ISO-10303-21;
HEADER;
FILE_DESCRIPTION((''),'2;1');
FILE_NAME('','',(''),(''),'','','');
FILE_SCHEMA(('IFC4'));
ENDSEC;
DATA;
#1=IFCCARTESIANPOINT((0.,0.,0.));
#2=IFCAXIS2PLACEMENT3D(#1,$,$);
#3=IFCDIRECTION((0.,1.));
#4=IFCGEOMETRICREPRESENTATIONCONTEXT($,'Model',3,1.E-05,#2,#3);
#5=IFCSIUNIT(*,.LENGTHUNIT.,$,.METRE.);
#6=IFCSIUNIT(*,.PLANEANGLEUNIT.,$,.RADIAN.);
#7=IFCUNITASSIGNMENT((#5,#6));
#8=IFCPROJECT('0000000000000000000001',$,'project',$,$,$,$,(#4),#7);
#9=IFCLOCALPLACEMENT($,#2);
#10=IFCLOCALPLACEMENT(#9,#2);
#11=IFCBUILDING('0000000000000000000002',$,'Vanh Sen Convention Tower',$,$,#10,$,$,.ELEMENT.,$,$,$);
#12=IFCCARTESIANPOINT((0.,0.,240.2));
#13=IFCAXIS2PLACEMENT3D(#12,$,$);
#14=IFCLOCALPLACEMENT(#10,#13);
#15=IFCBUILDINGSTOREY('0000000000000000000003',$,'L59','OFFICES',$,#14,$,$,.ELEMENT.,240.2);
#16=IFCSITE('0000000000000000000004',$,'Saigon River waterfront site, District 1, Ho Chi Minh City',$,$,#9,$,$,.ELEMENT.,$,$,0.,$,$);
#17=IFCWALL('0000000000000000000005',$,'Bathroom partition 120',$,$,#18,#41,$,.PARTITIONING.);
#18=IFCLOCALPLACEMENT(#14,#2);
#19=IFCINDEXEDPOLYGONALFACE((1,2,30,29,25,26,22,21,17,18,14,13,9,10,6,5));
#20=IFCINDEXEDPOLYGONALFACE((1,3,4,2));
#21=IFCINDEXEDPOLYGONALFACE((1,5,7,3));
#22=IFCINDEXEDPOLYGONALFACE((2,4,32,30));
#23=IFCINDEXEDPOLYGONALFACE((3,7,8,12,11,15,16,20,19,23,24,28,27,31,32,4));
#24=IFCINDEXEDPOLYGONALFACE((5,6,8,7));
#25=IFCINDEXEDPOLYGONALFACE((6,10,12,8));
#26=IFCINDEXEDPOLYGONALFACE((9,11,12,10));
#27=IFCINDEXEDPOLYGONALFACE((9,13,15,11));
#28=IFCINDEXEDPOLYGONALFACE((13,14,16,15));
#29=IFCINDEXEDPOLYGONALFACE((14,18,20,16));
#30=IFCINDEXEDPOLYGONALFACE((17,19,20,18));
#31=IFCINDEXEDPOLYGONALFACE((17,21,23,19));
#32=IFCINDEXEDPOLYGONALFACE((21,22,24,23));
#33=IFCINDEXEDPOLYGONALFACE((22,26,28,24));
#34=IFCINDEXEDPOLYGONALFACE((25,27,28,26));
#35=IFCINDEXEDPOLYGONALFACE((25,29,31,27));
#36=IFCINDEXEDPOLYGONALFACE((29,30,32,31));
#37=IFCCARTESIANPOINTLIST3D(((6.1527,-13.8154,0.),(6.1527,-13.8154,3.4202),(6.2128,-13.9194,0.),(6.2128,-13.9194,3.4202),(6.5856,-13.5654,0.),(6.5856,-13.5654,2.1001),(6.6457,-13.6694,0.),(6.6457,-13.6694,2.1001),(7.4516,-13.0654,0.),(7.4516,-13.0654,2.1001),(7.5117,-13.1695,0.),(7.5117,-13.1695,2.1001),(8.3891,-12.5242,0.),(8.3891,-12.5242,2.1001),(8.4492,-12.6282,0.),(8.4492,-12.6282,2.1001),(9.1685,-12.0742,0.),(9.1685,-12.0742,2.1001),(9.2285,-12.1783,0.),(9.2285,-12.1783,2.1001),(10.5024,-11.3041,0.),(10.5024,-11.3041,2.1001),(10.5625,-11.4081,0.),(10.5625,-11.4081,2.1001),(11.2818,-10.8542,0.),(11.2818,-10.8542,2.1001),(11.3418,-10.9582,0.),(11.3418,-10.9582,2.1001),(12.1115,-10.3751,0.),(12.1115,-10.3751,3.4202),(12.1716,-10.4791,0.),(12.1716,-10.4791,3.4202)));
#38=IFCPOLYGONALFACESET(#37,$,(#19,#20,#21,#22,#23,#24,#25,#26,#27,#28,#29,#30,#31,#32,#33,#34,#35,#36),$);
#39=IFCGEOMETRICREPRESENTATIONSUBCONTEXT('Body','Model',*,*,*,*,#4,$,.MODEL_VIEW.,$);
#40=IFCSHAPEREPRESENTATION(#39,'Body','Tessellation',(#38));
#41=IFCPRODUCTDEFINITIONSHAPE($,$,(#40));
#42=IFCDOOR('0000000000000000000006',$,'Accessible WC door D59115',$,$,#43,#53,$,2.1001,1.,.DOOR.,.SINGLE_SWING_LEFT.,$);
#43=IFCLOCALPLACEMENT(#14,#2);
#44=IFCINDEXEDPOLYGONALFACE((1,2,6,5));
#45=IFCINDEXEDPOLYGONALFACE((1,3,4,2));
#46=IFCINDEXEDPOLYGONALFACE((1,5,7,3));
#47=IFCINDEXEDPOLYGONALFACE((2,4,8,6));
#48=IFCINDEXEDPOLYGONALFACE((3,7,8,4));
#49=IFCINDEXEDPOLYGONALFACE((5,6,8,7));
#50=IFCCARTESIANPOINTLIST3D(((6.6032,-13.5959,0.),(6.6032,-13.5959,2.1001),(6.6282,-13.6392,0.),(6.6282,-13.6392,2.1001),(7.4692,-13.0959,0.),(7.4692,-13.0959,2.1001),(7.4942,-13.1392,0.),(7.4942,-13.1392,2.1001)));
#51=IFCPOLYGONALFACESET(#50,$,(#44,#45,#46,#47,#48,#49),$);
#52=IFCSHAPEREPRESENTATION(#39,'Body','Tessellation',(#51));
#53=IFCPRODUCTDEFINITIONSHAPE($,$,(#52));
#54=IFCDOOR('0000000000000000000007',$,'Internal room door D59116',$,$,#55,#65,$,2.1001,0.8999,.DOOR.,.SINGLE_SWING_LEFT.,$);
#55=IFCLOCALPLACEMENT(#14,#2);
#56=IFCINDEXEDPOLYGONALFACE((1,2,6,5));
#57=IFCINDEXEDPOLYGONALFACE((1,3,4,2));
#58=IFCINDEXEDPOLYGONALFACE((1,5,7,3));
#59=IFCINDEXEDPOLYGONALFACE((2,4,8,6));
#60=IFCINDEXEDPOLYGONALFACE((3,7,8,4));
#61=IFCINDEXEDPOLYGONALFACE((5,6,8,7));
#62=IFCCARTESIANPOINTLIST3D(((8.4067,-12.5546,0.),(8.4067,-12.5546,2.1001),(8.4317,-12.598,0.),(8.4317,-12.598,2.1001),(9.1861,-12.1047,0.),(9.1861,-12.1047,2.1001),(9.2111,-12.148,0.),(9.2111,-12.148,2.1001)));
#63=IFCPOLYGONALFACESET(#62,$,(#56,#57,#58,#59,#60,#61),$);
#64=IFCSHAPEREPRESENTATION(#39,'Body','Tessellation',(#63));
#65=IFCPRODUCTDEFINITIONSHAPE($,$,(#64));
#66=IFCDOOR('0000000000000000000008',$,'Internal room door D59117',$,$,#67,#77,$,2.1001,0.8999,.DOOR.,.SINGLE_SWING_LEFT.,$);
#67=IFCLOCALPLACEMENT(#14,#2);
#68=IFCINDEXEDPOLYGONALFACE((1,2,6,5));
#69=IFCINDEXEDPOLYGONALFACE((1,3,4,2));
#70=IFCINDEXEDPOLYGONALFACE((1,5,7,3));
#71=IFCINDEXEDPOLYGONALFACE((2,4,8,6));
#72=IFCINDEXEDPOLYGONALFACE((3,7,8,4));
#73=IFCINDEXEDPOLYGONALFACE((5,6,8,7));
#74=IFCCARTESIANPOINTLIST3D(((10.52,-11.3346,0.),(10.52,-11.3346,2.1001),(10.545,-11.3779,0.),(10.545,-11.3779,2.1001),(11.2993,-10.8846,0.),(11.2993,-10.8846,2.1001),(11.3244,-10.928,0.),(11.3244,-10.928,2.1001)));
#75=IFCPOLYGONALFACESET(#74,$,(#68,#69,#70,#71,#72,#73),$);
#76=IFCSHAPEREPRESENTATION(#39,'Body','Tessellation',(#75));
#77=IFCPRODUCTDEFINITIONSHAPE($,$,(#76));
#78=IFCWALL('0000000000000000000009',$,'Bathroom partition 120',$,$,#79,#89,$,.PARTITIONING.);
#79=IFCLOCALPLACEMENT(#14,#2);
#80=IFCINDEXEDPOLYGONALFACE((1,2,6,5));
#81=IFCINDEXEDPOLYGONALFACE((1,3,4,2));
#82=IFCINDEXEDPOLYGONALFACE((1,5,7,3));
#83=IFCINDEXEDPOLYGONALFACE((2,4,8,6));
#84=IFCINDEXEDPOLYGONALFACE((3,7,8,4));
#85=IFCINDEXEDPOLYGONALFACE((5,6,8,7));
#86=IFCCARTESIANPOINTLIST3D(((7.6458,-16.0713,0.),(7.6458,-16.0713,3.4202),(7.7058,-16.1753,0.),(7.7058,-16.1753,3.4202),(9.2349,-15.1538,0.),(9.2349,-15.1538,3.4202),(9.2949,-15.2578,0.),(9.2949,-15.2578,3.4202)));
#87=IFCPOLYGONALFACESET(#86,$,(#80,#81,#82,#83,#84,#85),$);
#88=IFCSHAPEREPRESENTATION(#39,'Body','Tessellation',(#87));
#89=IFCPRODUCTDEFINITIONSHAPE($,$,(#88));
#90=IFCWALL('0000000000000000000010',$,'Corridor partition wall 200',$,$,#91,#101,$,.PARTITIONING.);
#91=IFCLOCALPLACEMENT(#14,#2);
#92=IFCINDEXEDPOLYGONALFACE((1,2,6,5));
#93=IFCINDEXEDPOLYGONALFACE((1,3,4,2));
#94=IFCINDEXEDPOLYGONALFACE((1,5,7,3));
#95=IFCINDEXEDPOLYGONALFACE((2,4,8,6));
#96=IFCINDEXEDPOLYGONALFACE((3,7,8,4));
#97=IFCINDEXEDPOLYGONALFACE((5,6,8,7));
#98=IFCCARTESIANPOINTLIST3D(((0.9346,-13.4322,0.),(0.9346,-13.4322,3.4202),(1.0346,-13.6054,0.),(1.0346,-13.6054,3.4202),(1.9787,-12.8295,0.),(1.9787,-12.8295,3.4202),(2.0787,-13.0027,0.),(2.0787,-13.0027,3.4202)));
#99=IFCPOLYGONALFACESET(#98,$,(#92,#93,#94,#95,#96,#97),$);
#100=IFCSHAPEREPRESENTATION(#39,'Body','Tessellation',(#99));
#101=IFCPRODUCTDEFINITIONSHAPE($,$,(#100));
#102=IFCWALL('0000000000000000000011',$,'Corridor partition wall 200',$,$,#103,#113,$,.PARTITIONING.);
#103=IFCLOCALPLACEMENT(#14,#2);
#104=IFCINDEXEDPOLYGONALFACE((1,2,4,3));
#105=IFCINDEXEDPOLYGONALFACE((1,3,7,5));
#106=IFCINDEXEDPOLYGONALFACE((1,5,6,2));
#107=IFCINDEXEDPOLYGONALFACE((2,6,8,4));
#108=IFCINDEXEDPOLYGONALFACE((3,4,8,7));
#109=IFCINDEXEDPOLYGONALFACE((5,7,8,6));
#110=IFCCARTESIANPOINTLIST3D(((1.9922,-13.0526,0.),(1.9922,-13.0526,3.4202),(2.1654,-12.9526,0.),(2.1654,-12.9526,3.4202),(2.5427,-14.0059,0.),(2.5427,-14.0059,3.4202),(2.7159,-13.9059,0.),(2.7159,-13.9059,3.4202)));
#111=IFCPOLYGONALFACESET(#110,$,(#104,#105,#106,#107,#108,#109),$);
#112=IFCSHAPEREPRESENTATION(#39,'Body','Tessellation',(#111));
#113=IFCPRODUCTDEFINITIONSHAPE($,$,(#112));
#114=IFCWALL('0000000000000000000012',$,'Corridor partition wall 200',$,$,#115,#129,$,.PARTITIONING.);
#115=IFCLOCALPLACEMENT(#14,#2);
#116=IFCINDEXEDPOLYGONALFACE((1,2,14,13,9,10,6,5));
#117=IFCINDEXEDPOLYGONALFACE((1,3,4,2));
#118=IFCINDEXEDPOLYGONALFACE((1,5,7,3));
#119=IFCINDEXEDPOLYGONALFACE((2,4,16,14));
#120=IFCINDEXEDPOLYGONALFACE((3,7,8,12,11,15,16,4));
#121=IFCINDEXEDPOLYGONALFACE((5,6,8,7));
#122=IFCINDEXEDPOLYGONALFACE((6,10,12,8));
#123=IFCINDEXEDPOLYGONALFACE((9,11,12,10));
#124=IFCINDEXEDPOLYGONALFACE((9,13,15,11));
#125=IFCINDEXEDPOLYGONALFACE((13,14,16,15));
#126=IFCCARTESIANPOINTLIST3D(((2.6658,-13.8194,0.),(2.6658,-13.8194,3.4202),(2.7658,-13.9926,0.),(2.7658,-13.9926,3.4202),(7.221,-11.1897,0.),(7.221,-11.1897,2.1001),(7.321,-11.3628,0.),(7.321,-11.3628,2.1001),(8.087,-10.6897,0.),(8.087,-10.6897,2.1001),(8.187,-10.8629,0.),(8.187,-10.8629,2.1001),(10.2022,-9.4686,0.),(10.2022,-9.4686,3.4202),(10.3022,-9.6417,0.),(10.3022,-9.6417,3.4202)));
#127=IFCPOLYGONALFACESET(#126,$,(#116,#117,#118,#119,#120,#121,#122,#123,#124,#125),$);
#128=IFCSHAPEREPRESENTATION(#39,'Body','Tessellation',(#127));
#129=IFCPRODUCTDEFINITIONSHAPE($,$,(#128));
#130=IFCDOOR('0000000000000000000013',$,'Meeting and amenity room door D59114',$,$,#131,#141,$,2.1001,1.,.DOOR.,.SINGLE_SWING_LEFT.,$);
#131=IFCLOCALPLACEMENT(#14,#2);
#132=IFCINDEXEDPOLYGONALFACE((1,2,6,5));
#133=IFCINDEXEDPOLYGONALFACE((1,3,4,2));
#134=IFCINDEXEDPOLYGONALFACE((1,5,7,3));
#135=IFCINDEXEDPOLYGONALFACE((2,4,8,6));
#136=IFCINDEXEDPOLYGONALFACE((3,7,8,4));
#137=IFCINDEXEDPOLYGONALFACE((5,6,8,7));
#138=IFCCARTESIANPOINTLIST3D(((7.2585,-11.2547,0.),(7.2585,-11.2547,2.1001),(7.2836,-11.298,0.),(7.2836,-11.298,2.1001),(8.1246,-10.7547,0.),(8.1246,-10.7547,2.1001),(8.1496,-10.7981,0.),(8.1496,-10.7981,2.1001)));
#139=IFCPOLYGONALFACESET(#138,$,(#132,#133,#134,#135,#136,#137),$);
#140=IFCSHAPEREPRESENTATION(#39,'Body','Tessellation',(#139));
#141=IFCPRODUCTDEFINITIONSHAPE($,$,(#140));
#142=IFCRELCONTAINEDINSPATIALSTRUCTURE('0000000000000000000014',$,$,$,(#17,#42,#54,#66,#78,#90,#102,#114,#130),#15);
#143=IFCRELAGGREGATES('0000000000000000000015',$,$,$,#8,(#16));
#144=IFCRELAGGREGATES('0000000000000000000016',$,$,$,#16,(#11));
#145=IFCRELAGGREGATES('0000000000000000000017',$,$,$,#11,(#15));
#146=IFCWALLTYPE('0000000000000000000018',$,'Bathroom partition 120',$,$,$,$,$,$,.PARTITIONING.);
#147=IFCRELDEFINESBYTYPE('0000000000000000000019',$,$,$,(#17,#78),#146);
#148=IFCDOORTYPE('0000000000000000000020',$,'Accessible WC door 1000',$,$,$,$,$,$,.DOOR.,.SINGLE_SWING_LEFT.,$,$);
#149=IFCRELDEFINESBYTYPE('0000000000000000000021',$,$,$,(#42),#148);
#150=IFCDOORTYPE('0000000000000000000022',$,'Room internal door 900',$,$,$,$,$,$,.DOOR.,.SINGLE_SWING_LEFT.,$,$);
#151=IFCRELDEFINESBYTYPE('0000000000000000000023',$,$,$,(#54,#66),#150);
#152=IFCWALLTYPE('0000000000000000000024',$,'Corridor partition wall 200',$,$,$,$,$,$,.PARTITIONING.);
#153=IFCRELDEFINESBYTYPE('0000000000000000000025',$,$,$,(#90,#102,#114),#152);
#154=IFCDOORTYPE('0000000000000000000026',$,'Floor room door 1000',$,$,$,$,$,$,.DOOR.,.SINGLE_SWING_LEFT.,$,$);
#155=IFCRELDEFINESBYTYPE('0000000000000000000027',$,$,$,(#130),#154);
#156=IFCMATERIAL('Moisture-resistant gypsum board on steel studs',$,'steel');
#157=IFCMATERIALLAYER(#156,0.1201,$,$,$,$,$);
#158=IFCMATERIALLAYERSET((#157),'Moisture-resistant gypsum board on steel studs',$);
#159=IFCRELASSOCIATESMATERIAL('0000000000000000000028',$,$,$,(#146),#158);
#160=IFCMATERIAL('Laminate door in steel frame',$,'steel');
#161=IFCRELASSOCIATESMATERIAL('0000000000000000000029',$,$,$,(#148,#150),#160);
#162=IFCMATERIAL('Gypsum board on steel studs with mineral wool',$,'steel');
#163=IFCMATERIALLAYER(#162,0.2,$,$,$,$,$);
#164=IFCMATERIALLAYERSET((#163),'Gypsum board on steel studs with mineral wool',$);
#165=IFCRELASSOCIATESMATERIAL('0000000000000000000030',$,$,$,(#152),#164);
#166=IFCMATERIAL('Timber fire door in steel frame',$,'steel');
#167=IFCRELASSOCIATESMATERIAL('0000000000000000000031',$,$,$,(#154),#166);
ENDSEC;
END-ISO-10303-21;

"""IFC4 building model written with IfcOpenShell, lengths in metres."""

from ifc_helpers import new_model, si_unit, direction, frame, frame_2d, origin, place, context, subcontext, project, spatial, rectangle, extrude, material, layer, layer_set, type_object, element, fill, save


model = new_model("IFC4")

# Units and contexts
model_context = context("Model", 3, precision=1e-05, world=origin(), true_north=direction((0.0, 1.0)))
body_context = subcontext(model_context, "Body", "Model", "MODEL_VIEW")
ifc_project = project(units=[si_unit("LENGTHUNIT", "METRE"), si_unit("PLANEANGLEUNIT", "RADIAN")], contexts=[model_context])

# Site, building, storey
site_placement = place(None, origin())
site = spatial("IfcSite", under=ifc_project, at=site_placement, Name="Saigon River waterfront site, District 1, Ho Chi Minh City", CompositionType="ELEMENT", RefElevation=0.0)
building_placement = place(site_placement, origin())
building = spatial("IfcBuilding", under=site, at=building_placement, Name="Vanh Sen Convention Tower", CompositionType="ELEMENT")
storey_placement = place(building_placement, frame((0.0, 0.0, 240.2)))
storey = spatial("IfcBuildingStorey", under=building, at=storey_placement, Name="L59", Description="OFFICES", CompositionType="ELEMENT", Elevation=240.2)

# Wall, openings, doors
ifc_material_1 = material(Name="Moisture-resistant gypsum board on steel studs", Category="steel")
ifc_layer_1 = layer(ifc_material_1, 0.1201)
ifc_layer_set_1 = layer_set([ifc_layer_1], Name="Moisture-resistant gypsum board on steel studs")
wall_type_1 = type_object("IfcWallType", Name="Bathroom partition 120", PredefinedType="PARTITIONING", material=ifc_layer_set_1)
wall_1_placement = place(storey_placement, frame((6.1826, -13.8674, 0.0), z_axis=(0.0, 0.0, 1.0), x_axis=(0.866031, 0.49999, 0.0)))
wall_1 = element("IfcWall", 1, at=wall_1_placement, inside=storey, type_object=wall_type_1, Name="Bathroom partition 120", PredefinedType="PARTITIONING", context=body_context, shape_type="SweptSolid", body=[
    extrude(rectangle(XDim=6.8806, YDim=0.1201, at=frame_2d((3.4404, 0.0))), origin(), (0.0, 0.0, 1.0), 3.4202),
])
opening_1_placement = place(wall_1_placement, frame((0.5, 0.0, 0.0)))
opening_1 = element("IfcOpeningElement", 2, at=opening_1_placement, cuts=wall_1, PredefinedType="OPENING", context=body_context, shape_type="SweptSolid", body=[
    extrude(rectangle(XDim=1.0, YDim=2.1001, at=frame_2d((0.5, 1.05))), frame((0.0, 0.0701, 0.0), z_axis=(0.0, -1.0, 0.0), x_axis=(1.0, 0.0, 0.0)), (0.0, 0.0, 1.0), 0.1401),
])
opening_2_placement = place(wall_1_placement, frame((2.5825, 0.0, 0.0)))
opening_2 = element("IfcOpeningElement", 3, at=opening_2_placement, cuts=wall_1, PredefinedType="OPENING", context=body_context, shape_type="SweptSolid", body=[
    extrude(rectangle(XDim=0.8999, YDim=2.1001, at=frame_2d((0.45, 1.05))), frame((0.0, 0.0701, 0.0), z_axis=(0.0, -1.0, 0.0), x_axis=(1.0, 0.0, 0.0)), (0.0, 0.0, 1.0), 0.1401),
])
opening_3_placement = place(wall_1_placement, frame((5.0227, 0.0, 0.0)))
opening_3 = element("IfcOpeningElement", 4, at=opening_3_placement, cuts=wall_1, PredefinedType="OPENING", context=body_context, shape_type="SweptSolid", body=[
    extrude(rectangle(XDim=0.8999, YDim=2.1001, at=frame_2d((0.45, 1.05))), frame((0.0, 0.0701, 0.0), z_axis=(0.0, -1.0, 0.0), x_axis=(1.0, 0.0, 0.0)), (0.0, 0.0, 1.0), 0.1401),
])
ifc_material_2 = material(Name="Laminate door in steel frame", Category="steel")
door_type_1 = type_object("IfcDoorType", Name="Accessible WC door 1000", OperationType="SINGLE_SWING_LEFT", PredefinedType="DOOR", material=ifc_material_2)
door_1_placement = place(opening_1_placement, origin())
door_1 = element("IfcDoor", 5, at=door_1_placement, inside=storey, type_object=door_type_1, Name="Accessible WC door D59115", OperationType="SINGLE_SWING_LEFT", OverallHeight=2.1001, OverallWidth=1.0, PredefinedType="DOOR", context=body_context, shape_type="SweptSolid", body=[
    extrude(rectangle(XDim=1.0, YDim=2.1001, at=frame_2d((0.5, 1.05))), frame((0.0, 0.0249, 0.0), z_axis=(0.0, -1.0, 0.0), x_axis=(1.0, 0.0, 0.0)), (0.0, 0.0, 1.0), 0.05),
])
fill(opening_1, door_1)
door_type_2 = type_object("IfcDoorType", Name="Room internal door 900", OperationType="SINGLE_SWING_LEFT", PredefinedType="DOOR", material=ifc_material_2)
door_2_placement = place(opening_2_placement, origin())
door_2 = element("IfcDoor", 6, at=door_2_placement, inside=storey, type_object=door_type_2, Name="Internal room door D59116", OperationType="SINGLE_SWING_LEFT", OverallHeight=2.1001, OverallWidth=0.8999, PredefinedType="DOOR", context=body_context, shape_type="SweptSolid", body=[
    extrude(rectangle(XDim=0.8999, YDim=2.1001, at=frame_2d((0.45, 1.05))), frame((0.0, 0.0249, 0.0), z_axis=(0.0, -1.0, 0.0), x_axis=(1.0, 0.0, 0.0)), (0.0, 0.0, 1.0), 0.05),
])
fill(opening_2, door_2)
door_3_placement = place(opening_3_placement, origin())
door_3 = element("IfcDoor", 7, at=door_3_placement, inside=storey, type_object=door_type_2, Name="Internal room door D59117", OperationType="SINGLE_SWING_LEFT", OverallHeight=2.1001, OverallWidth=0.8999, PredefinedType="DOOR", context=body_context, shape_type="SweptSolid", body=[
    extrude(rectangle(XDim=0.8999, YDim=2.1001, at=frame_2d((0.45, 1.05))), frame((0.0, 0.0249, 0.0), z_axis=(0.0, -1.0, 0.0), x_axis=(1.0, 0.0, 0.0)), (0.0, 0.0, 1.0), 0.05),
])
fill(opening_3, door_3)

# Walls
wall_2_placement = place(storey_placement, frame((7.6758, -16.1233, 0.0), z_axis=(0.0, 0.0, 1.0), x_axis=(0.866024, 0.500003, 0.0)))
element("IfcWall", 8, at=wall_2_placement, inside=storey, type_object=wall_type_1, Name="Bathroom partition 120", PredefinedType="PARTITIONING", context=body_context, shape_type="SweptSolid", body=[
    extrude(rectangle(XDim=1.835, YDim=0.1201, at=frame_2d((0.9175, 0.0))), origin(), (0.0, 0.0, 1.0), 3.4202),
])
ifc_material_3 = material(Name="Gypsum board on steel studs with mineral wool", Category="steel")
ifc_layer_2 = layer(ifc_material_3, 0.2)
ifc_layer_set_2 = layer_set([ifc_layer_2], Name="Gypsum board on steel studs with mineral wool")
wall_type_2 = type_object("IfcWallType", Name="Corridor partition wall 200", PredefinedType="PARTITIONING", material=ifc_layer_set_2)
wall_3_placement = place(storey_placement, frame((0.9846, -13.5188, 0.0), z_axis=(0.0, 0.0, 1.0), x_axis=(0.866054, 0.49995, 0.0)))
element("IfcWall", 9, at=wall_3_placement, inside=storey, type_object=wall_type_2, Name="Corridor partition wall 200", PredefinedType="PARTITIONING", context=body_context, shape_type="SweptSolid", body=[
    extrude(rectangle(XDim=1.2056, YDim=0.2, at=frame_2d((0.6028, 0.0))), origin(), (0.0, 0.0, 1.0), 3.4202),
])
wall_4_placement = place(storey_placement, frame((2.0789, -13.0027, 0.0), z_axis=(0.0, 0.0, 1.0), x_axis=(0.500074, -0.865982, 0.0)))
element("IfcWall", 10, at=wall_4_placement, inside=storey, type_object=wall_type_2, Name="Corridor partition wall 200", PredefinedType="PARTITIONING", context=body_context, shape_type="SweptSolid", body=[
    extrude(rectangle(XDim=1.1008, YDim=0.2, at=frame_2d((0.5503, 0.0))), origin(), (0.0, 0.0, 1.0), 3.4202),
])

# Wall, opening, door
wall_5_placement = place(storey_placement, frame((2.7158, -13.906, 0.0), z_axis=(0.0, 0.0, 1.0), x_axis=(0.86604, 0.499974, 0.0)))
wall_5 = element("IfcWall", 11, at=wall_5_placement, inside=storey, type_object=wall_type_2, Name="Corridor partition wall 200", PredefinedType="PARTITIONING", context=body_context, shape_type="SweptSolid", body=[
    extrude(rectangle(XDim=8.7021, YDim=0.2, at=frame_2d((4.3511, 0.0))), origin(), (0.0, 0.0, 1.0), 3.4202),
])
opening_4_placement = place(wall_5_placement, frame((5.2598, 0.0, 0.0)))
opening_4 = element("IfcOpeningElement", 12, at=opening_4_placement, cuts=wall_5, PredefinedType="OPENING", context=body_context, shape_type="SweptSolid", body=[
    extrude(rectangle(XDim=1.0, YDim=2.1001, at=frame_2d((0.5, 1.05))), frame((0.0, 0.1099, 0.0), z_axis=(0.0, -1.0, 0.0), x_axis=(1.0, 0.0, 0.0)), (0.0, 0.0, 1.0), 0.22),
])
ifc_material_4 = material(Name="Timber fire door in steel frame", Category="steel")
door_type_3 = type_object("IfcDoorType", Name="Floor room door 1000", OperationType="SINGLE_SWING_LEFT", PredefinedType="DOOR", material=ifc_material_4)
door_4_placement = place(opening_4_placement, origin())
door_4 = element("IfcDoor", 13, at=door_4_placement, inside=storey, type_object=door_type_3, Name="Meeting and amenity room door D59114", OperationType="SINGLE_SWING_LEFT", OverallHeight=2.1001, OverallWidth=1.0, PredefinedType="DOOR", context=body_context, shape_type="SweptSolid", body=[
    extrude(rectangle(XDim=1.0, YDim=2.1001, at=frame_2d((0.5, 1.05))), frame((0.0, 0.0249, 0.0), z_axis=(0.0, -1.0, 0.0), x_axis=(1.0, 0.0, 0.0)), (0.0, 0.0, 1.0), 0.05),
])
fill(opening_4, door_4)

save(model, "model.ifc")
